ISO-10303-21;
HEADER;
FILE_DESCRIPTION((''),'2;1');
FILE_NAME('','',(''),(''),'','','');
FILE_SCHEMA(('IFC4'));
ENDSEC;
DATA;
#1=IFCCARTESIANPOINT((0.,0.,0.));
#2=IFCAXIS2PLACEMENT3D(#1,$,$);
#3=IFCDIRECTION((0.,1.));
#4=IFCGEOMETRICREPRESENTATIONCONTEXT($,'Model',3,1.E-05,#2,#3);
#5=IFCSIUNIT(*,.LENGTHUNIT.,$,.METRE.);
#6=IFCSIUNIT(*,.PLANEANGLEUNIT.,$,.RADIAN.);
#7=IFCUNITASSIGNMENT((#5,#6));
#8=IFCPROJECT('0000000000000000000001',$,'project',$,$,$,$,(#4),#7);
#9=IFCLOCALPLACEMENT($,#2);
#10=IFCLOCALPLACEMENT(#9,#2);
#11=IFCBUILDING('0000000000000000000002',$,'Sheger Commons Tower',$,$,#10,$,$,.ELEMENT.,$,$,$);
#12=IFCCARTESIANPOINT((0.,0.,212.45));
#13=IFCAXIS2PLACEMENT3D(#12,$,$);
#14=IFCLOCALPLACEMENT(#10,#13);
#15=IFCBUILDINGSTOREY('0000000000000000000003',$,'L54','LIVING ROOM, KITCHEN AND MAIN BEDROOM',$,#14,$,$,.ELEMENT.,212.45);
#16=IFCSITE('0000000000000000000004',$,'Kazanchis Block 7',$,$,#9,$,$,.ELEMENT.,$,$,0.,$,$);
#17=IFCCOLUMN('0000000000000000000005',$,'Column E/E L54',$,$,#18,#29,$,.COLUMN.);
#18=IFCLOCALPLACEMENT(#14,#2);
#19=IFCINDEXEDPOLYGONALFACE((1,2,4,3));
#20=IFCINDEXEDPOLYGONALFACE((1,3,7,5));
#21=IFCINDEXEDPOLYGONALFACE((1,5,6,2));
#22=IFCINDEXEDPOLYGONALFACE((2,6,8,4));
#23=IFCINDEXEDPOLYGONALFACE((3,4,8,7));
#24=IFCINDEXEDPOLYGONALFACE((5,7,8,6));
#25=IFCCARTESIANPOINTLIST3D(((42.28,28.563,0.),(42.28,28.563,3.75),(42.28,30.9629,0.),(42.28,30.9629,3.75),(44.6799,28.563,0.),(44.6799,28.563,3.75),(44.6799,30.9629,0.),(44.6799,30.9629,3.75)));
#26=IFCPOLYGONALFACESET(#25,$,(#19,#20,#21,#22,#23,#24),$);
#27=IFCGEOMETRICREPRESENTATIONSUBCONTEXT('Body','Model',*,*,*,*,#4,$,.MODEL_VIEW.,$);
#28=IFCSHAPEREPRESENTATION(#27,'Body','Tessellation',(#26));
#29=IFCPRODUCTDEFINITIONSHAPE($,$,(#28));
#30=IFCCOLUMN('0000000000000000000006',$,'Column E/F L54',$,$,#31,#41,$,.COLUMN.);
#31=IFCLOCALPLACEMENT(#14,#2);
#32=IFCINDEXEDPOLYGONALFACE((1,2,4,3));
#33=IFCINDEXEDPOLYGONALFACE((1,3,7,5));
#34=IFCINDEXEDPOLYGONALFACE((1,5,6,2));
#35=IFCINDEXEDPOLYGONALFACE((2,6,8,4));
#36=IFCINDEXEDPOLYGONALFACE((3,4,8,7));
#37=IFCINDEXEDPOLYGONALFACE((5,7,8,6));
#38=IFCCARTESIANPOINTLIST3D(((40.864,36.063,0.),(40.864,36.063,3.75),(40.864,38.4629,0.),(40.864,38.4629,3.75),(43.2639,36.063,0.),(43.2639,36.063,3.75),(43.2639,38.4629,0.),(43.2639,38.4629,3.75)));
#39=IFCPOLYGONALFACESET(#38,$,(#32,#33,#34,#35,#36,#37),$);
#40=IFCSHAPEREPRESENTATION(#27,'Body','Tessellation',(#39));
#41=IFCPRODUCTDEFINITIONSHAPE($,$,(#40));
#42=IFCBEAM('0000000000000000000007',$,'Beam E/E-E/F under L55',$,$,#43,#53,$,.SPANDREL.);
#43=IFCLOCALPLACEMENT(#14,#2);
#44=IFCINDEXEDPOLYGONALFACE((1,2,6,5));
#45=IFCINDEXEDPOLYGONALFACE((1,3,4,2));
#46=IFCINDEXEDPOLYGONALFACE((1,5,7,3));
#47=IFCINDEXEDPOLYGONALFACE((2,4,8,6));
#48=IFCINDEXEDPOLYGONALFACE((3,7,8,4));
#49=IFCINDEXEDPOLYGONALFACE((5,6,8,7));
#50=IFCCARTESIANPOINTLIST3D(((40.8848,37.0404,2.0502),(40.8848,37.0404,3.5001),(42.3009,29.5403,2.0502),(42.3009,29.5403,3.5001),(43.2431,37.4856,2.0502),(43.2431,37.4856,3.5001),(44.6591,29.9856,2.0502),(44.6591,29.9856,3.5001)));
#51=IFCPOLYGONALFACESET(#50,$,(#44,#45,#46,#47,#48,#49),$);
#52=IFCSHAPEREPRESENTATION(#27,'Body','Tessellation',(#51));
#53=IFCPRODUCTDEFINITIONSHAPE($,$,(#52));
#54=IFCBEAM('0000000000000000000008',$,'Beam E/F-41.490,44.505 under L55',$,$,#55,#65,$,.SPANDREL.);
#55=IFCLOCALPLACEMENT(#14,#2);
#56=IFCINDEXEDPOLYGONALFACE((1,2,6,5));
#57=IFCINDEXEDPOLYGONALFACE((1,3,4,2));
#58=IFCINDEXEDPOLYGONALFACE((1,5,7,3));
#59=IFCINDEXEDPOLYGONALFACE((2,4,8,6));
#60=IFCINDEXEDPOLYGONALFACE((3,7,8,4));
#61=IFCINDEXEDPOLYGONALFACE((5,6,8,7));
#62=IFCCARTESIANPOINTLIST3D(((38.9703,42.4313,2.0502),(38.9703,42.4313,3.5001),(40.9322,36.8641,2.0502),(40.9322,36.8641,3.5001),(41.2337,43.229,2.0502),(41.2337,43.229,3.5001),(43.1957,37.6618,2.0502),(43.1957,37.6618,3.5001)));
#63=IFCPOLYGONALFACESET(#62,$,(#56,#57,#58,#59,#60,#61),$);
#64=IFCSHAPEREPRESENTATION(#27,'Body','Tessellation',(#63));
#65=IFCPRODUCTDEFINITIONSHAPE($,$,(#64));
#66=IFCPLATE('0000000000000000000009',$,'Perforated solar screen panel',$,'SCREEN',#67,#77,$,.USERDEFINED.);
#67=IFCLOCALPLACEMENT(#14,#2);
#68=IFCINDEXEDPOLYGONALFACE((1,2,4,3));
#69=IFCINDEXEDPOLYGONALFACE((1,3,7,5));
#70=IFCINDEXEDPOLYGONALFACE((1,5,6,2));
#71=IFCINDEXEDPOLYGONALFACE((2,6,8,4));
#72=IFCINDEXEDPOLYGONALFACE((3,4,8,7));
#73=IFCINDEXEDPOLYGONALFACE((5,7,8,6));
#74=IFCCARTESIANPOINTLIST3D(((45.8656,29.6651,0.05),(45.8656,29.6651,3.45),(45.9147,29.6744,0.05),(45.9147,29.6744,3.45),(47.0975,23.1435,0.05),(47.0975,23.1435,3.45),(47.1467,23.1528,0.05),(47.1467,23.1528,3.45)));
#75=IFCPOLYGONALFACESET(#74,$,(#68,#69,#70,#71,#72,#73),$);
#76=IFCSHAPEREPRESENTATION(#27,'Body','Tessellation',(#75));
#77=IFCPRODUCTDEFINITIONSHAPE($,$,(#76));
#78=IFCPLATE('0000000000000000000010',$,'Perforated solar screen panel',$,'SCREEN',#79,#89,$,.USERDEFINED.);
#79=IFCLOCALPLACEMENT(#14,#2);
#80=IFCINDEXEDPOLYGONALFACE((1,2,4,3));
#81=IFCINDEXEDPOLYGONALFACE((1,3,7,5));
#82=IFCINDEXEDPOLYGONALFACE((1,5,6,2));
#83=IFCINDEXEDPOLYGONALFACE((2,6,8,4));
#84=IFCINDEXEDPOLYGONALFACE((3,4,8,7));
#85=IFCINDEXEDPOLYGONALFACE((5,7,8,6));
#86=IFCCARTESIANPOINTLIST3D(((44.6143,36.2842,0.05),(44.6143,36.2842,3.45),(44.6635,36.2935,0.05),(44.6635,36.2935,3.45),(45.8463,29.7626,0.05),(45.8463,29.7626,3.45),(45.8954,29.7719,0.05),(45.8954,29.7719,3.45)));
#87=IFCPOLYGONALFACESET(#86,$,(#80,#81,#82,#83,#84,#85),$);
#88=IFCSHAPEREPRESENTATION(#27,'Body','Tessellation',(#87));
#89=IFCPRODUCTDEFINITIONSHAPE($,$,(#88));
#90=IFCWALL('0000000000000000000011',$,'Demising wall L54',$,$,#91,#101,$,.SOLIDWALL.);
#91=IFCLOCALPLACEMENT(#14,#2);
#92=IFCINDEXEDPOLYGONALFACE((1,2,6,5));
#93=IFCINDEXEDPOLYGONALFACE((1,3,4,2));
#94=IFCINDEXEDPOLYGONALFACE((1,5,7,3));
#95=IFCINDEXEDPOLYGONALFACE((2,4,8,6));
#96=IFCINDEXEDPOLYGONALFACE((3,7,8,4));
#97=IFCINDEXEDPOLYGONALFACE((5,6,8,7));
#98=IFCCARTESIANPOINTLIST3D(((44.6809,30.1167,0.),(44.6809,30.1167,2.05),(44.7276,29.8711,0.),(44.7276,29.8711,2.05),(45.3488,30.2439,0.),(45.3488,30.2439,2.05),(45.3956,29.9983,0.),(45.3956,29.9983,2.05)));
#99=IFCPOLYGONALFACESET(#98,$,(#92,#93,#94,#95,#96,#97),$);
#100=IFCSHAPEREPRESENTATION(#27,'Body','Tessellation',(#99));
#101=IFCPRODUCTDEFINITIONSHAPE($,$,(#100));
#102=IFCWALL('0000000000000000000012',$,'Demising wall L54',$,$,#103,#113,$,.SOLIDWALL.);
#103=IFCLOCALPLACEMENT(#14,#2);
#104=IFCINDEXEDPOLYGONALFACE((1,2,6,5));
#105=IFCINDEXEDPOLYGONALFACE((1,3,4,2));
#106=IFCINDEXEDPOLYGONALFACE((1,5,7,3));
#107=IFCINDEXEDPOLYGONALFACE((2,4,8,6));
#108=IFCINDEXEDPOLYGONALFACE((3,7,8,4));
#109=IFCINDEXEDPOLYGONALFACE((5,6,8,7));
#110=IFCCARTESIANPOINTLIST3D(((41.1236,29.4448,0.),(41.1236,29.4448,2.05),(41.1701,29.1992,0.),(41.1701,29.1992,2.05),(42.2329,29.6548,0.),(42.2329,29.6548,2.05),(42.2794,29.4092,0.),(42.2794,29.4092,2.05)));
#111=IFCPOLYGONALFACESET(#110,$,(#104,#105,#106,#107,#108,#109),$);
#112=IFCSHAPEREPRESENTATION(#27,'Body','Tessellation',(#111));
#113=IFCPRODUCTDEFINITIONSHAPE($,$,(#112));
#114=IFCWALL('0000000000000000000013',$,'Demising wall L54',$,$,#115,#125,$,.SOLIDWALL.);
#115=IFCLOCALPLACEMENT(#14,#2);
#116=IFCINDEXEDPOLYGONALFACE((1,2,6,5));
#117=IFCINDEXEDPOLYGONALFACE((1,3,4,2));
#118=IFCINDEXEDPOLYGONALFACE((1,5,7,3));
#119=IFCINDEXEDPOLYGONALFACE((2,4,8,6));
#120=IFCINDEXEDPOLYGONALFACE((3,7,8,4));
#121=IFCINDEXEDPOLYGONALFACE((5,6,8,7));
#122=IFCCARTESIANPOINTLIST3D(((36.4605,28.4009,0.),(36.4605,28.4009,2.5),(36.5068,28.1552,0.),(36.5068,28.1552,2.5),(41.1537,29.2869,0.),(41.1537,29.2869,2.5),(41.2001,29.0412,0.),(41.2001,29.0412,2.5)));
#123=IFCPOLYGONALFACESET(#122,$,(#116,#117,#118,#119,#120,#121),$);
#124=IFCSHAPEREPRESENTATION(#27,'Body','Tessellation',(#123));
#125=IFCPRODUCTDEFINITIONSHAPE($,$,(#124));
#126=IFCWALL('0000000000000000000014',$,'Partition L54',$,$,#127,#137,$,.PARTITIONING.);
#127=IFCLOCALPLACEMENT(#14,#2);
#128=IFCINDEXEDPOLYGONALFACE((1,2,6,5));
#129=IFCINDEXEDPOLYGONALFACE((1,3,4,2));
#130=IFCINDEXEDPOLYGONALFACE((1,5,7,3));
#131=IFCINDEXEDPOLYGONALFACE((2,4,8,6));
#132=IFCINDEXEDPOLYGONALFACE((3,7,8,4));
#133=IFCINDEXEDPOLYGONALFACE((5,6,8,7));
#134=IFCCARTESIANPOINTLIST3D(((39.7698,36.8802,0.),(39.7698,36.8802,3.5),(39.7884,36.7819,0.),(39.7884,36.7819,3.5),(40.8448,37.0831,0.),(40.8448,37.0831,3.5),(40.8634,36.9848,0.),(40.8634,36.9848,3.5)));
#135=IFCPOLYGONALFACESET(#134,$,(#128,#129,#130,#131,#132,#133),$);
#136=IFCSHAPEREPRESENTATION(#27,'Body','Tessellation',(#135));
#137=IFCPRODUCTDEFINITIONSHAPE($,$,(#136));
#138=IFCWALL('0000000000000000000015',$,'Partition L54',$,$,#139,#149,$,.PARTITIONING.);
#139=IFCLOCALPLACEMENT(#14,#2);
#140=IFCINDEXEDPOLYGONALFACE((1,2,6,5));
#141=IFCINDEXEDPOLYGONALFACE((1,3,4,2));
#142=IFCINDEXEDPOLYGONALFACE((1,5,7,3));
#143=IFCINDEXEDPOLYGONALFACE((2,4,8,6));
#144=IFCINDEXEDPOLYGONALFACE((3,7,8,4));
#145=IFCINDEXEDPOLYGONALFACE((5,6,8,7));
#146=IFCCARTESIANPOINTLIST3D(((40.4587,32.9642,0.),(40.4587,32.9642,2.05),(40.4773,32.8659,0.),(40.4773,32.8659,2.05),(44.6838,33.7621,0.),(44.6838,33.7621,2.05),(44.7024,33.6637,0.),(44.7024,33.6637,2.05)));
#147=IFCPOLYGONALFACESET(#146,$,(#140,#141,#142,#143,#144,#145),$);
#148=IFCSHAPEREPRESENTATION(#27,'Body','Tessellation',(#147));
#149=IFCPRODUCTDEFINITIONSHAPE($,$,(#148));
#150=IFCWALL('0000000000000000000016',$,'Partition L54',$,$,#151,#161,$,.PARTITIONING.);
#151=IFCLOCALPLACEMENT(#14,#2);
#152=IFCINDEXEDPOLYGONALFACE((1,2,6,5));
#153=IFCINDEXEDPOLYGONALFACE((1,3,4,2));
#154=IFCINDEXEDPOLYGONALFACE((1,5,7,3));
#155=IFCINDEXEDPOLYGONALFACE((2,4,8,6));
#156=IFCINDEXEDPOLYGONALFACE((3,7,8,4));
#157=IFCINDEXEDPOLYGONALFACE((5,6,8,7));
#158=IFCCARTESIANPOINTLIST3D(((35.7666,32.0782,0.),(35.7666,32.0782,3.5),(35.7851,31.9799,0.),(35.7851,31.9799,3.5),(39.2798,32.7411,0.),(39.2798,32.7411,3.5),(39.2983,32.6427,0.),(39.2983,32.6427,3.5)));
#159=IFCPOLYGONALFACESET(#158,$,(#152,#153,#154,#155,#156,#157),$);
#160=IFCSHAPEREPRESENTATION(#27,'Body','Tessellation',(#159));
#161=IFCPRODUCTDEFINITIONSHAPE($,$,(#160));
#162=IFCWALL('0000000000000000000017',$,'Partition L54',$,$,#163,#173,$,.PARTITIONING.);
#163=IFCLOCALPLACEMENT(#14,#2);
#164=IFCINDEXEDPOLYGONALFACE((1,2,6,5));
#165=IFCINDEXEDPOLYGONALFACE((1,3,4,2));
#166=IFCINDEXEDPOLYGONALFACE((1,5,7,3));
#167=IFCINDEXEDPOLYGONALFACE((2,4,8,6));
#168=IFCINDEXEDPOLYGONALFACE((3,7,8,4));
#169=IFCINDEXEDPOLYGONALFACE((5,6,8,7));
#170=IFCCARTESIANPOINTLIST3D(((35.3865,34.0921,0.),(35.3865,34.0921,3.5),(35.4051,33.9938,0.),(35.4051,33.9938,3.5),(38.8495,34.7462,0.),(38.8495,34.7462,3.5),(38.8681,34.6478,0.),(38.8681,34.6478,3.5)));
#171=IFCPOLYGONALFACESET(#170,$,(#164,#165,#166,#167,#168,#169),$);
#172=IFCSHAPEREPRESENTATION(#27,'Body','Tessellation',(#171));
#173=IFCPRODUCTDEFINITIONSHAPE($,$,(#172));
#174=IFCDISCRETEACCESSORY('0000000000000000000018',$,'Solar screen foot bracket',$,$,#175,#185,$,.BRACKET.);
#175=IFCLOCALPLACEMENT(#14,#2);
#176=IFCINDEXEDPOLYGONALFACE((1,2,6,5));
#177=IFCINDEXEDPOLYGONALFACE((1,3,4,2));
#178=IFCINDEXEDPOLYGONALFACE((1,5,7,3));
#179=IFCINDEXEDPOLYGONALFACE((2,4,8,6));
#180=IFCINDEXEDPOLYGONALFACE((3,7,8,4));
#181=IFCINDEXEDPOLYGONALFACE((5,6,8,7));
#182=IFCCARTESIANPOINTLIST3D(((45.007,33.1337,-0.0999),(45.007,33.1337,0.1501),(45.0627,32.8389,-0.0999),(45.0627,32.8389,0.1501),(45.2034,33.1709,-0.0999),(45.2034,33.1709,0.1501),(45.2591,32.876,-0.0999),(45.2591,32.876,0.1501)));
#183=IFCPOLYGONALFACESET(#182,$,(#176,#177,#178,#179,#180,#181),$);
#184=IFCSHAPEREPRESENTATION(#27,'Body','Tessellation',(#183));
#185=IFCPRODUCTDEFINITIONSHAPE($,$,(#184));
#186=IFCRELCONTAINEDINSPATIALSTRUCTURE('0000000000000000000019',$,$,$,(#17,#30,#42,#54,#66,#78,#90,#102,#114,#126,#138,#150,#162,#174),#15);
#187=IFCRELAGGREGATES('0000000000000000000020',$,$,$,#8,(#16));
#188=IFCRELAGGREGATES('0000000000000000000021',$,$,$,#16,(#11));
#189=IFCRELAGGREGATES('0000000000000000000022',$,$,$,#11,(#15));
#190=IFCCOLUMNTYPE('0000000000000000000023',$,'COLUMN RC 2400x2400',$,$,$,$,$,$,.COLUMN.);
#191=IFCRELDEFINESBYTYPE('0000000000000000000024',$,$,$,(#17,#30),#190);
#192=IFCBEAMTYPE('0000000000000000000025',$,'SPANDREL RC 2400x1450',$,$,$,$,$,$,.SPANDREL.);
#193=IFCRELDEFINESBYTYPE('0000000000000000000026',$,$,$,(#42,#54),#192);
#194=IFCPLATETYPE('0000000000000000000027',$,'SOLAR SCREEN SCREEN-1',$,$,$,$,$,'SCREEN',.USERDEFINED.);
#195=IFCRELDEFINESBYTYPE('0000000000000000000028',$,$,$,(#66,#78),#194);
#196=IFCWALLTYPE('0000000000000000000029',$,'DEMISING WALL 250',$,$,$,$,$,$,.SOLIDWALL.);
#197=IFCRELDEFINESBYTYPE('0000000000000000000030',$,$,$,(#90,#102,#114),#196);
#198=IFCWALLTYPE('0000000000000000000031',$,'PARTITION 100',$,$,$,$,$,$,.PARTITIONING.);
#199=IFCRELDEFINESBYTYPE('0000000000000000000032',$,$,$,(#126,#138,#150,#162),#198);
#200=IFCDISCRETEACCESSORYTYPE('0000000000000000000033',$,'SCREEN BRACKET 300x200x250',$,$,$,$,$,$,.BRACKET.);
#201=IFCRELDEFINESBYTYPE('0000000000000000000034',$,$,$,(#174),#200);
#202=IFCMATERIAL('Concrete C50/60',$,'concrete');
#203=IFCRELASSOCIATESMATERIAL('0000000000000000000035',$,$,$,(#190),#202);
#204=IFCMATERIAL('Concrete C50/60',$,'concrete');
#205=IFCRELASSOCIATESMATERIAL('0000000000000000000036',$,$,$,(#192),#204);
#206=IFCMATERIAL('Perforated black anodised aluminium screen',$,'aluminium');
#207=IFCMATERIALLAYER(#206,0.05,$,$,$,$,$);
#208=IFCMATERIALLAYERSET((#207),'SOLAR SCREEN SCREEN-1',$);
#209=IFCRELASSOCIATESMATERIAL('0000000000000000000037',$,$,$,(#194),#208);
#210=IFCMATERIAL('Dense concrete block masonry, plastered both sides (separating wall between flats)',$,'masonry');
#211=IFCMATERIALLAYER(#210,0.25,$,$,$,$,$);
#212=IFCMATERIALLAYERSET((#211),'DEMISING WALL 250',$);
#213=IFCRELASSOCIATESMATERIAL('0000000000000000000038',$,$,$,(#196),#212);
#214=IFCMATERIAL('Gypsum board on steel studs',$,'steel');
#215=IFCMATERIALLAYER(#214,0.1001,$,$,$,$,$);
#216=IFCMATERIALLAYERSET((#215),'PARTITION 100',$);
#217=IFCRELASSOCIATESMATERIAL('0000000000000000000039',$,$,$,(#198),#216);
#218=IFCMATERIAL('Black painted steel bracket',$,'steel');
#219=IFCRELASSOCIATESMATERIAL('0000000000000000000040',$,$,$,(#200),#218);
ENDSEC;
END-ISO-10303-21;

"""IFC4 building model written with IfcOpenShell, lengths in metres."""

from ifc_helpers import new_model, si_unit, direction, frame, frame_2d, origin, origin_2d, place, context, subcontext, project, spatial, rectangle, extrude, material, layer, layer_set, material_profile, profile_set, type_object, element, save


model = new_model("IFC4")

# Units and contexts
model_context = context("Model", 3, precision=1e-05, world=origin(), true_north=direction((0.0, 1.0)))
body_context = subcontext(model_context, "Body", "Model", "MODEL_VIEW")
ifc_project = project(units=[si_unit("LENGTHUNIT", "METRE"), si_unit("PLANEANGLEUNIT", "RADIAN")], contexts=[model_context])

# Site, building, storey
site_placement = place(None, origin())
site = spatial("IfcSite", under=ifc_project, at=site_placement, Name="Kazanchis Block 7", CompositionType="ELEMENT", RefElevation=0.0)
building_placement = place(site_placement, origin())
building = spatial("IfcBuilding", under=site, at=building_placement, Name="Sheger Commons Tower", CompositionType="ELEMENT")
storey_placement = place(building_placement, frame((0.0, 0.0, 212.45)))
storey = spatial("IfcBuildingStorey", under=building, at=storey_placement, Name="L54", Description="LIVING ROOM, KITCHEN AND MAIN BEDROOM", CompositionType="ELEMENT", Elevation=212.45)

# Columns
ifc_material_1 = material(Name="Concrete C50/60", Category="concrete")
ifc_material_profile_1 = material_profile(ifc_material_1, rectangle(XDim=2.3999, YDim=2.3999, at=origin_2d()), Name="RC 2400x2400")
ifc_profile_set_1 = profile_set([ifc_material_profile_1], Name="Concrete C50/60")
column_type = type_object("IfcColumnType", Name="COLUMN RC 2400x2400", PredefinedType="COLUMN", material=ifc_profile_set_1)
for number, where, z_axis, x_axis, name in (
    (1, (43.48, 29.7629, 0.0), (0.0, 0.0, 1.0), (1.0, 0.0, 0.0), "Column E/E L54"),
    (2, (42.064, 37.2629, 0.0), (0.0, 0.0, 1.0), (1.0, 0.0, 0.0), "Column E/F L54"),
):
    element("IfcColumn", number, at=place(storey_placement, frame(where, z_axis=z_axis, x_axis=x_axis)), inside=storey, type_object=column_type, Name=name, PredefinedType="COLUMN", context=body_context, shape_type="SweptSolid", body=[
        extrude(rectangle(XDim=2.3999, YDim=2.3999, at=origin_2d()), origin(), (0.0, 0.0, 1.0), 3.75),
    ])

# Beams
ifc_material_2 = material(Name="Concrete C50/60", Category="concrete")
ifc_material_profile_2 = material_profile(ifc_material_2, rectangle(XDim=2.3999, YDim=1.45, at=origin_2d()), Name="RC 2400x1450")
ifc_profile_set_2 = profile_set([ifc_material_profile_2], Name="Concrete C50/60")
beam_type = type_object("IfcBeamType", Name="SPANDREL RC 2400x1450", PredefinedType="SPANDREL", material=ifc_profile_set_2)
beam_1_placement = place(storey_placement, frame((43.48, 29.7629, 2.7751), z_axis=(-0.185524, 0.98264, 0.0), x_axis=(-0.98264, -0.185524, 0.0)))
element("IfcBeam", 3, at=beam_1_placement, inside=storey, type_object=beam_type, Name="Beam E/E-E/F under L55", PredefinedType="SPANDREL", context=body_context, shape_type="SweptSolid", body=[
    extrude(rectangle(XDim=2.3999, YDim=1.45, at=origin_2d()), origin(), (0.0, 0.0, 1.0), 7.6326),
])
beam_2_placement = place(storey_placement, frame((42.064, 37.2629, 2.7751), z_axis=(-0.332374, 0.943148, 0.0), x_axis=(-0.943148, -0.332374, 0.0)))
element("IfcBeam", 4, at=beam_2_placement, inside=storey, type_object=beam_type, Name="Beam E/F-41.490,44.505 under L55", PredefinedType="SPANDREL", context=body_context, shape_type="SweptSolid", body=[
    extrude(rectangle(XDim=2.3999, YDim=1.45, at=origin_2d()), origin(), (0.0, 0.0, 1.0), 5.9028),
])

# Plates
ifc_material_3 = material(Name="Perforated black anodised aluminium screen", Category="aluminium")
ifc_layer_1 = layer(ifc_material_3, 0.05)
ifc_layer_set_1 = layer_set([ifc_layer_1], Name="SOLAR SCREEN SCREEN-1")
plate_type = type_object("IfcPlateType", Name="SOLAR SCREEN SCREEN-1", ElementType="SCREEN", PredefinedType="USERDEFINED", material=ifc_layer_set_1)
for number, where, z_axis, x_axis, name in (
    (5, (46.5061, 26.4089, 0.05), (0.0, 0.0, 1.0), (-0.185615, 0.982623, 0.0), "Perforated solar screen panel"),
    (6, (45.2549, 33.0281, 0.05), (0.0, 0.0, 1.0), (-0.185615, 0.982623, 0.0), "Perforated solar screen panel"),
):
    element("IfcPlate", number, at=place(storey_placement, frame(where, z_axis=z_axis, x_axis=x_axis)), inside=storey, type_object=plate_type, Name=name, ObjectType="SCREEN", PredefinedType="USERDEFINED", context=body_context, shape_type="SweptSolid", body=[
        extrude(rectangle(XDim=6.637, YDim=0.05, at=origin_2d()), origin(), (0.0, 0.0, 1.0), 3.3999),
    ])

# Walls
ifc_material_4 = material(Name="Dense concrete block masonry, plastered both sides (separating wall between flats)", Category="masonry")
ifc_layer_2 = layer(ifc_material_4, 0.25)
ifc_layer_set_2 = layer_set([ifc_layer_2], Name="DEMISING WALL 250")
wall_type_1 = type_object("IfcWallType", Name="DEMISING WALL 250", PredefinedType="SOLIDWALL", material=ifc_layer_set_2)
wall_1_placement = place(storey_placement, frame((45.3721, 30.1211, 0.0), z_axis=(0.0, 0.0, 1.0), x_axis=(-0.982348, -0.187063, 0.0)))
element("IfcWall", 7, at=wall_1_placement, inside=storey, type_object=wall_type_1, Name="Demising wall L54", PredefinedType="SOLIDWALL", context=body_context, shape_type="SweptSolid", body=[
    extrude(rectangle(XDim=0.6799, YDim=0.25, at=frame_2d((0.3398, 0.0))), origin(), (0.0, 0.0, 1.0), 2.05),
])
wall_2_placement = place(storey_placement, frame((42.2561, 29.532, 0.0), z_axis=(0.0, 0.0, 1.0), x_axis=(-0.98255, -0.185999, 0.0)))
element("IfcWall", 8, at=wall_2_placement, inside=storey, type_object=wall_type_1, Name="Demising wall L54", PredefinedType="SOLIDWALL", context=body_context, shape_type="SweptSolid", body=[
    extrude(rectangle(XDim=1.1289, YDim=0.25, at=frame_2d((0.5645, 0.0))), origin(), (0.0, 0.0, 1.0), 2.05),
])
wall_3_placement = place(storey_placement, frame((41.177, 29.1641, 0.0), z_axis=(0.0, 0.0, 1.0), x_axis=(-0.982643, -0.185508, 0.0)))
element("IfcWall", 9, at=wall_3_placement, inside=storey, type_object=wall_type_1, Name="Demising wall L54", PredefinedType="SOLIDWALL", context=body_context, shape_type="SweptSolid", body=[
    extrude(rectangle(XDim=4.7761, YDim=0.25, at=frame_2d((2.3882, 0.0))), origin(), (0.0, 0.0, 1.0), 2.5),
])
ifc_material_5 = material(Name="Gypsum board on steel studs", Category="steel")
ifc_layer_3 = layer(ifc_material_5, 0.1001)
ifc_layer_set_3 = layer_set([ifc_layer_3], Name="PARTITION 100")
wall_type_2 = type_object("IfcWallType", Name="PARTITION 100", PredefinedType="PARTITIONING", material=ifc_layer_set_3)
wall_4_placement = place(storey_placement, frame((40.854, 37.0339, 0.0), z_axis=(0.0, 0.0, 1.0), x_axis=(-0.982652, -0.185461, 0.0)))
element("IfcWall", 10, at=wall_4_placement, inside=storey, type_object=wall_type_2, Name="Partition L54", PredefinedType="PARTITIONING", context=body_context, shape_type="SweptSolid", body=[
    extrude(rectangle(XDim=1.094, YDim=0.1001, at=frame_2d((0.5469, 0.0))), origin(), (0.0, 0.0, 1.0), 3.5),
])
wall_5_placement = place(storey_placement, frame((44.6931, 33.7129, 0.0), z_axis=(0.0, 0.0, 1.0), x_axis=(-0.982634, -0.185557, 0.0)))
element("IfcWall", 11, at=wall_5_placement, inside=storey, type_object=wall_type_2, Name="Partition L54", PredefinedType="PARTITIONING", context=body_context, shape_type="SweptSolid", body=[
    extrude(rectangle(XDim=4.2998, YDim=0.1001, at=frame_2d((2.1499, 0.0))), origin(), (0.0, 0.0, 1.0), 2.05),
])
wall_6_placement = place(storey_placement, frame((39.2891, 32.6919, 0.0), z_axis=(0.0, 0.0, 1.0), x_axis=(-0.982663, -0.185402, 0.0)))
element("IfcWall", 12, at=wall_6_placement, inside=storey, type_object=wall_type_2, Name="Partition L54", PredefinedType="PARTITIONING", context=body_context, shape_type="SweptSolid", body=[
    extrude(rectangle(XDim=3.5752, YDim=0.1001, at=frame_2d((1.7876, 0.0))), origin(), (0.0, 0.0, 1.0), 3.5),
])
wall_7_placement = place(storey_placement, frame((38.8589, 34.697, 0.0), z_axis=(0.0, 0.0, 1.0), x_axis=(-0.982627, -0.185593, 0.0)))
element("IfcWall", 13, at=wall_7_placement, inside=storey, type_object=wall_type_2, Name="Partition L54", PredefinedType="PARTITIONING", context=body_context, shape_type="SweptSolid", body=[
    extrude(rectangle(XDim=3.5242, YDim=0.1001, at=frame_2d((1.7622, 0.0))), origin(), (0.0, 0.0, 1.0), 3.5),
])

# Discrete accessory
ifc_material_6 = material(Name="Black painted steel bracket", Category="steel")
discrete_accessory_type = type_object("IfcDiscreteAccessoryType", Name="SCREEN BRACKET 300x200x250", PredefinedType="BRACKET", material=ifc_material_6)
for number, where, z_axis, x_axis, name in (
    (14, (45.1331, 33.0049, -0.0999), (0.0, 0.0, 1.0), (-0.185615, 0.982623, 0.0), "Solar screen foot bracket"),
):
    element("IfcDiscreteAccessory", number, at=place(storey_placement, frame(where, z_axis=z_axis, x_axis=x_axis)), inside=storey, type_object=discrete_accessory_type, Name=name, PredefinedType="BRACKET", context=body_context, shape_type="SweptSolid", body=[
        extrude(rectangle(XDim=0.3, YDim=0.2, at=origin_2d()), origin(), (0.0, 0.0, 1.0), 0.25),
    ])

save(model, "model.ifc")
